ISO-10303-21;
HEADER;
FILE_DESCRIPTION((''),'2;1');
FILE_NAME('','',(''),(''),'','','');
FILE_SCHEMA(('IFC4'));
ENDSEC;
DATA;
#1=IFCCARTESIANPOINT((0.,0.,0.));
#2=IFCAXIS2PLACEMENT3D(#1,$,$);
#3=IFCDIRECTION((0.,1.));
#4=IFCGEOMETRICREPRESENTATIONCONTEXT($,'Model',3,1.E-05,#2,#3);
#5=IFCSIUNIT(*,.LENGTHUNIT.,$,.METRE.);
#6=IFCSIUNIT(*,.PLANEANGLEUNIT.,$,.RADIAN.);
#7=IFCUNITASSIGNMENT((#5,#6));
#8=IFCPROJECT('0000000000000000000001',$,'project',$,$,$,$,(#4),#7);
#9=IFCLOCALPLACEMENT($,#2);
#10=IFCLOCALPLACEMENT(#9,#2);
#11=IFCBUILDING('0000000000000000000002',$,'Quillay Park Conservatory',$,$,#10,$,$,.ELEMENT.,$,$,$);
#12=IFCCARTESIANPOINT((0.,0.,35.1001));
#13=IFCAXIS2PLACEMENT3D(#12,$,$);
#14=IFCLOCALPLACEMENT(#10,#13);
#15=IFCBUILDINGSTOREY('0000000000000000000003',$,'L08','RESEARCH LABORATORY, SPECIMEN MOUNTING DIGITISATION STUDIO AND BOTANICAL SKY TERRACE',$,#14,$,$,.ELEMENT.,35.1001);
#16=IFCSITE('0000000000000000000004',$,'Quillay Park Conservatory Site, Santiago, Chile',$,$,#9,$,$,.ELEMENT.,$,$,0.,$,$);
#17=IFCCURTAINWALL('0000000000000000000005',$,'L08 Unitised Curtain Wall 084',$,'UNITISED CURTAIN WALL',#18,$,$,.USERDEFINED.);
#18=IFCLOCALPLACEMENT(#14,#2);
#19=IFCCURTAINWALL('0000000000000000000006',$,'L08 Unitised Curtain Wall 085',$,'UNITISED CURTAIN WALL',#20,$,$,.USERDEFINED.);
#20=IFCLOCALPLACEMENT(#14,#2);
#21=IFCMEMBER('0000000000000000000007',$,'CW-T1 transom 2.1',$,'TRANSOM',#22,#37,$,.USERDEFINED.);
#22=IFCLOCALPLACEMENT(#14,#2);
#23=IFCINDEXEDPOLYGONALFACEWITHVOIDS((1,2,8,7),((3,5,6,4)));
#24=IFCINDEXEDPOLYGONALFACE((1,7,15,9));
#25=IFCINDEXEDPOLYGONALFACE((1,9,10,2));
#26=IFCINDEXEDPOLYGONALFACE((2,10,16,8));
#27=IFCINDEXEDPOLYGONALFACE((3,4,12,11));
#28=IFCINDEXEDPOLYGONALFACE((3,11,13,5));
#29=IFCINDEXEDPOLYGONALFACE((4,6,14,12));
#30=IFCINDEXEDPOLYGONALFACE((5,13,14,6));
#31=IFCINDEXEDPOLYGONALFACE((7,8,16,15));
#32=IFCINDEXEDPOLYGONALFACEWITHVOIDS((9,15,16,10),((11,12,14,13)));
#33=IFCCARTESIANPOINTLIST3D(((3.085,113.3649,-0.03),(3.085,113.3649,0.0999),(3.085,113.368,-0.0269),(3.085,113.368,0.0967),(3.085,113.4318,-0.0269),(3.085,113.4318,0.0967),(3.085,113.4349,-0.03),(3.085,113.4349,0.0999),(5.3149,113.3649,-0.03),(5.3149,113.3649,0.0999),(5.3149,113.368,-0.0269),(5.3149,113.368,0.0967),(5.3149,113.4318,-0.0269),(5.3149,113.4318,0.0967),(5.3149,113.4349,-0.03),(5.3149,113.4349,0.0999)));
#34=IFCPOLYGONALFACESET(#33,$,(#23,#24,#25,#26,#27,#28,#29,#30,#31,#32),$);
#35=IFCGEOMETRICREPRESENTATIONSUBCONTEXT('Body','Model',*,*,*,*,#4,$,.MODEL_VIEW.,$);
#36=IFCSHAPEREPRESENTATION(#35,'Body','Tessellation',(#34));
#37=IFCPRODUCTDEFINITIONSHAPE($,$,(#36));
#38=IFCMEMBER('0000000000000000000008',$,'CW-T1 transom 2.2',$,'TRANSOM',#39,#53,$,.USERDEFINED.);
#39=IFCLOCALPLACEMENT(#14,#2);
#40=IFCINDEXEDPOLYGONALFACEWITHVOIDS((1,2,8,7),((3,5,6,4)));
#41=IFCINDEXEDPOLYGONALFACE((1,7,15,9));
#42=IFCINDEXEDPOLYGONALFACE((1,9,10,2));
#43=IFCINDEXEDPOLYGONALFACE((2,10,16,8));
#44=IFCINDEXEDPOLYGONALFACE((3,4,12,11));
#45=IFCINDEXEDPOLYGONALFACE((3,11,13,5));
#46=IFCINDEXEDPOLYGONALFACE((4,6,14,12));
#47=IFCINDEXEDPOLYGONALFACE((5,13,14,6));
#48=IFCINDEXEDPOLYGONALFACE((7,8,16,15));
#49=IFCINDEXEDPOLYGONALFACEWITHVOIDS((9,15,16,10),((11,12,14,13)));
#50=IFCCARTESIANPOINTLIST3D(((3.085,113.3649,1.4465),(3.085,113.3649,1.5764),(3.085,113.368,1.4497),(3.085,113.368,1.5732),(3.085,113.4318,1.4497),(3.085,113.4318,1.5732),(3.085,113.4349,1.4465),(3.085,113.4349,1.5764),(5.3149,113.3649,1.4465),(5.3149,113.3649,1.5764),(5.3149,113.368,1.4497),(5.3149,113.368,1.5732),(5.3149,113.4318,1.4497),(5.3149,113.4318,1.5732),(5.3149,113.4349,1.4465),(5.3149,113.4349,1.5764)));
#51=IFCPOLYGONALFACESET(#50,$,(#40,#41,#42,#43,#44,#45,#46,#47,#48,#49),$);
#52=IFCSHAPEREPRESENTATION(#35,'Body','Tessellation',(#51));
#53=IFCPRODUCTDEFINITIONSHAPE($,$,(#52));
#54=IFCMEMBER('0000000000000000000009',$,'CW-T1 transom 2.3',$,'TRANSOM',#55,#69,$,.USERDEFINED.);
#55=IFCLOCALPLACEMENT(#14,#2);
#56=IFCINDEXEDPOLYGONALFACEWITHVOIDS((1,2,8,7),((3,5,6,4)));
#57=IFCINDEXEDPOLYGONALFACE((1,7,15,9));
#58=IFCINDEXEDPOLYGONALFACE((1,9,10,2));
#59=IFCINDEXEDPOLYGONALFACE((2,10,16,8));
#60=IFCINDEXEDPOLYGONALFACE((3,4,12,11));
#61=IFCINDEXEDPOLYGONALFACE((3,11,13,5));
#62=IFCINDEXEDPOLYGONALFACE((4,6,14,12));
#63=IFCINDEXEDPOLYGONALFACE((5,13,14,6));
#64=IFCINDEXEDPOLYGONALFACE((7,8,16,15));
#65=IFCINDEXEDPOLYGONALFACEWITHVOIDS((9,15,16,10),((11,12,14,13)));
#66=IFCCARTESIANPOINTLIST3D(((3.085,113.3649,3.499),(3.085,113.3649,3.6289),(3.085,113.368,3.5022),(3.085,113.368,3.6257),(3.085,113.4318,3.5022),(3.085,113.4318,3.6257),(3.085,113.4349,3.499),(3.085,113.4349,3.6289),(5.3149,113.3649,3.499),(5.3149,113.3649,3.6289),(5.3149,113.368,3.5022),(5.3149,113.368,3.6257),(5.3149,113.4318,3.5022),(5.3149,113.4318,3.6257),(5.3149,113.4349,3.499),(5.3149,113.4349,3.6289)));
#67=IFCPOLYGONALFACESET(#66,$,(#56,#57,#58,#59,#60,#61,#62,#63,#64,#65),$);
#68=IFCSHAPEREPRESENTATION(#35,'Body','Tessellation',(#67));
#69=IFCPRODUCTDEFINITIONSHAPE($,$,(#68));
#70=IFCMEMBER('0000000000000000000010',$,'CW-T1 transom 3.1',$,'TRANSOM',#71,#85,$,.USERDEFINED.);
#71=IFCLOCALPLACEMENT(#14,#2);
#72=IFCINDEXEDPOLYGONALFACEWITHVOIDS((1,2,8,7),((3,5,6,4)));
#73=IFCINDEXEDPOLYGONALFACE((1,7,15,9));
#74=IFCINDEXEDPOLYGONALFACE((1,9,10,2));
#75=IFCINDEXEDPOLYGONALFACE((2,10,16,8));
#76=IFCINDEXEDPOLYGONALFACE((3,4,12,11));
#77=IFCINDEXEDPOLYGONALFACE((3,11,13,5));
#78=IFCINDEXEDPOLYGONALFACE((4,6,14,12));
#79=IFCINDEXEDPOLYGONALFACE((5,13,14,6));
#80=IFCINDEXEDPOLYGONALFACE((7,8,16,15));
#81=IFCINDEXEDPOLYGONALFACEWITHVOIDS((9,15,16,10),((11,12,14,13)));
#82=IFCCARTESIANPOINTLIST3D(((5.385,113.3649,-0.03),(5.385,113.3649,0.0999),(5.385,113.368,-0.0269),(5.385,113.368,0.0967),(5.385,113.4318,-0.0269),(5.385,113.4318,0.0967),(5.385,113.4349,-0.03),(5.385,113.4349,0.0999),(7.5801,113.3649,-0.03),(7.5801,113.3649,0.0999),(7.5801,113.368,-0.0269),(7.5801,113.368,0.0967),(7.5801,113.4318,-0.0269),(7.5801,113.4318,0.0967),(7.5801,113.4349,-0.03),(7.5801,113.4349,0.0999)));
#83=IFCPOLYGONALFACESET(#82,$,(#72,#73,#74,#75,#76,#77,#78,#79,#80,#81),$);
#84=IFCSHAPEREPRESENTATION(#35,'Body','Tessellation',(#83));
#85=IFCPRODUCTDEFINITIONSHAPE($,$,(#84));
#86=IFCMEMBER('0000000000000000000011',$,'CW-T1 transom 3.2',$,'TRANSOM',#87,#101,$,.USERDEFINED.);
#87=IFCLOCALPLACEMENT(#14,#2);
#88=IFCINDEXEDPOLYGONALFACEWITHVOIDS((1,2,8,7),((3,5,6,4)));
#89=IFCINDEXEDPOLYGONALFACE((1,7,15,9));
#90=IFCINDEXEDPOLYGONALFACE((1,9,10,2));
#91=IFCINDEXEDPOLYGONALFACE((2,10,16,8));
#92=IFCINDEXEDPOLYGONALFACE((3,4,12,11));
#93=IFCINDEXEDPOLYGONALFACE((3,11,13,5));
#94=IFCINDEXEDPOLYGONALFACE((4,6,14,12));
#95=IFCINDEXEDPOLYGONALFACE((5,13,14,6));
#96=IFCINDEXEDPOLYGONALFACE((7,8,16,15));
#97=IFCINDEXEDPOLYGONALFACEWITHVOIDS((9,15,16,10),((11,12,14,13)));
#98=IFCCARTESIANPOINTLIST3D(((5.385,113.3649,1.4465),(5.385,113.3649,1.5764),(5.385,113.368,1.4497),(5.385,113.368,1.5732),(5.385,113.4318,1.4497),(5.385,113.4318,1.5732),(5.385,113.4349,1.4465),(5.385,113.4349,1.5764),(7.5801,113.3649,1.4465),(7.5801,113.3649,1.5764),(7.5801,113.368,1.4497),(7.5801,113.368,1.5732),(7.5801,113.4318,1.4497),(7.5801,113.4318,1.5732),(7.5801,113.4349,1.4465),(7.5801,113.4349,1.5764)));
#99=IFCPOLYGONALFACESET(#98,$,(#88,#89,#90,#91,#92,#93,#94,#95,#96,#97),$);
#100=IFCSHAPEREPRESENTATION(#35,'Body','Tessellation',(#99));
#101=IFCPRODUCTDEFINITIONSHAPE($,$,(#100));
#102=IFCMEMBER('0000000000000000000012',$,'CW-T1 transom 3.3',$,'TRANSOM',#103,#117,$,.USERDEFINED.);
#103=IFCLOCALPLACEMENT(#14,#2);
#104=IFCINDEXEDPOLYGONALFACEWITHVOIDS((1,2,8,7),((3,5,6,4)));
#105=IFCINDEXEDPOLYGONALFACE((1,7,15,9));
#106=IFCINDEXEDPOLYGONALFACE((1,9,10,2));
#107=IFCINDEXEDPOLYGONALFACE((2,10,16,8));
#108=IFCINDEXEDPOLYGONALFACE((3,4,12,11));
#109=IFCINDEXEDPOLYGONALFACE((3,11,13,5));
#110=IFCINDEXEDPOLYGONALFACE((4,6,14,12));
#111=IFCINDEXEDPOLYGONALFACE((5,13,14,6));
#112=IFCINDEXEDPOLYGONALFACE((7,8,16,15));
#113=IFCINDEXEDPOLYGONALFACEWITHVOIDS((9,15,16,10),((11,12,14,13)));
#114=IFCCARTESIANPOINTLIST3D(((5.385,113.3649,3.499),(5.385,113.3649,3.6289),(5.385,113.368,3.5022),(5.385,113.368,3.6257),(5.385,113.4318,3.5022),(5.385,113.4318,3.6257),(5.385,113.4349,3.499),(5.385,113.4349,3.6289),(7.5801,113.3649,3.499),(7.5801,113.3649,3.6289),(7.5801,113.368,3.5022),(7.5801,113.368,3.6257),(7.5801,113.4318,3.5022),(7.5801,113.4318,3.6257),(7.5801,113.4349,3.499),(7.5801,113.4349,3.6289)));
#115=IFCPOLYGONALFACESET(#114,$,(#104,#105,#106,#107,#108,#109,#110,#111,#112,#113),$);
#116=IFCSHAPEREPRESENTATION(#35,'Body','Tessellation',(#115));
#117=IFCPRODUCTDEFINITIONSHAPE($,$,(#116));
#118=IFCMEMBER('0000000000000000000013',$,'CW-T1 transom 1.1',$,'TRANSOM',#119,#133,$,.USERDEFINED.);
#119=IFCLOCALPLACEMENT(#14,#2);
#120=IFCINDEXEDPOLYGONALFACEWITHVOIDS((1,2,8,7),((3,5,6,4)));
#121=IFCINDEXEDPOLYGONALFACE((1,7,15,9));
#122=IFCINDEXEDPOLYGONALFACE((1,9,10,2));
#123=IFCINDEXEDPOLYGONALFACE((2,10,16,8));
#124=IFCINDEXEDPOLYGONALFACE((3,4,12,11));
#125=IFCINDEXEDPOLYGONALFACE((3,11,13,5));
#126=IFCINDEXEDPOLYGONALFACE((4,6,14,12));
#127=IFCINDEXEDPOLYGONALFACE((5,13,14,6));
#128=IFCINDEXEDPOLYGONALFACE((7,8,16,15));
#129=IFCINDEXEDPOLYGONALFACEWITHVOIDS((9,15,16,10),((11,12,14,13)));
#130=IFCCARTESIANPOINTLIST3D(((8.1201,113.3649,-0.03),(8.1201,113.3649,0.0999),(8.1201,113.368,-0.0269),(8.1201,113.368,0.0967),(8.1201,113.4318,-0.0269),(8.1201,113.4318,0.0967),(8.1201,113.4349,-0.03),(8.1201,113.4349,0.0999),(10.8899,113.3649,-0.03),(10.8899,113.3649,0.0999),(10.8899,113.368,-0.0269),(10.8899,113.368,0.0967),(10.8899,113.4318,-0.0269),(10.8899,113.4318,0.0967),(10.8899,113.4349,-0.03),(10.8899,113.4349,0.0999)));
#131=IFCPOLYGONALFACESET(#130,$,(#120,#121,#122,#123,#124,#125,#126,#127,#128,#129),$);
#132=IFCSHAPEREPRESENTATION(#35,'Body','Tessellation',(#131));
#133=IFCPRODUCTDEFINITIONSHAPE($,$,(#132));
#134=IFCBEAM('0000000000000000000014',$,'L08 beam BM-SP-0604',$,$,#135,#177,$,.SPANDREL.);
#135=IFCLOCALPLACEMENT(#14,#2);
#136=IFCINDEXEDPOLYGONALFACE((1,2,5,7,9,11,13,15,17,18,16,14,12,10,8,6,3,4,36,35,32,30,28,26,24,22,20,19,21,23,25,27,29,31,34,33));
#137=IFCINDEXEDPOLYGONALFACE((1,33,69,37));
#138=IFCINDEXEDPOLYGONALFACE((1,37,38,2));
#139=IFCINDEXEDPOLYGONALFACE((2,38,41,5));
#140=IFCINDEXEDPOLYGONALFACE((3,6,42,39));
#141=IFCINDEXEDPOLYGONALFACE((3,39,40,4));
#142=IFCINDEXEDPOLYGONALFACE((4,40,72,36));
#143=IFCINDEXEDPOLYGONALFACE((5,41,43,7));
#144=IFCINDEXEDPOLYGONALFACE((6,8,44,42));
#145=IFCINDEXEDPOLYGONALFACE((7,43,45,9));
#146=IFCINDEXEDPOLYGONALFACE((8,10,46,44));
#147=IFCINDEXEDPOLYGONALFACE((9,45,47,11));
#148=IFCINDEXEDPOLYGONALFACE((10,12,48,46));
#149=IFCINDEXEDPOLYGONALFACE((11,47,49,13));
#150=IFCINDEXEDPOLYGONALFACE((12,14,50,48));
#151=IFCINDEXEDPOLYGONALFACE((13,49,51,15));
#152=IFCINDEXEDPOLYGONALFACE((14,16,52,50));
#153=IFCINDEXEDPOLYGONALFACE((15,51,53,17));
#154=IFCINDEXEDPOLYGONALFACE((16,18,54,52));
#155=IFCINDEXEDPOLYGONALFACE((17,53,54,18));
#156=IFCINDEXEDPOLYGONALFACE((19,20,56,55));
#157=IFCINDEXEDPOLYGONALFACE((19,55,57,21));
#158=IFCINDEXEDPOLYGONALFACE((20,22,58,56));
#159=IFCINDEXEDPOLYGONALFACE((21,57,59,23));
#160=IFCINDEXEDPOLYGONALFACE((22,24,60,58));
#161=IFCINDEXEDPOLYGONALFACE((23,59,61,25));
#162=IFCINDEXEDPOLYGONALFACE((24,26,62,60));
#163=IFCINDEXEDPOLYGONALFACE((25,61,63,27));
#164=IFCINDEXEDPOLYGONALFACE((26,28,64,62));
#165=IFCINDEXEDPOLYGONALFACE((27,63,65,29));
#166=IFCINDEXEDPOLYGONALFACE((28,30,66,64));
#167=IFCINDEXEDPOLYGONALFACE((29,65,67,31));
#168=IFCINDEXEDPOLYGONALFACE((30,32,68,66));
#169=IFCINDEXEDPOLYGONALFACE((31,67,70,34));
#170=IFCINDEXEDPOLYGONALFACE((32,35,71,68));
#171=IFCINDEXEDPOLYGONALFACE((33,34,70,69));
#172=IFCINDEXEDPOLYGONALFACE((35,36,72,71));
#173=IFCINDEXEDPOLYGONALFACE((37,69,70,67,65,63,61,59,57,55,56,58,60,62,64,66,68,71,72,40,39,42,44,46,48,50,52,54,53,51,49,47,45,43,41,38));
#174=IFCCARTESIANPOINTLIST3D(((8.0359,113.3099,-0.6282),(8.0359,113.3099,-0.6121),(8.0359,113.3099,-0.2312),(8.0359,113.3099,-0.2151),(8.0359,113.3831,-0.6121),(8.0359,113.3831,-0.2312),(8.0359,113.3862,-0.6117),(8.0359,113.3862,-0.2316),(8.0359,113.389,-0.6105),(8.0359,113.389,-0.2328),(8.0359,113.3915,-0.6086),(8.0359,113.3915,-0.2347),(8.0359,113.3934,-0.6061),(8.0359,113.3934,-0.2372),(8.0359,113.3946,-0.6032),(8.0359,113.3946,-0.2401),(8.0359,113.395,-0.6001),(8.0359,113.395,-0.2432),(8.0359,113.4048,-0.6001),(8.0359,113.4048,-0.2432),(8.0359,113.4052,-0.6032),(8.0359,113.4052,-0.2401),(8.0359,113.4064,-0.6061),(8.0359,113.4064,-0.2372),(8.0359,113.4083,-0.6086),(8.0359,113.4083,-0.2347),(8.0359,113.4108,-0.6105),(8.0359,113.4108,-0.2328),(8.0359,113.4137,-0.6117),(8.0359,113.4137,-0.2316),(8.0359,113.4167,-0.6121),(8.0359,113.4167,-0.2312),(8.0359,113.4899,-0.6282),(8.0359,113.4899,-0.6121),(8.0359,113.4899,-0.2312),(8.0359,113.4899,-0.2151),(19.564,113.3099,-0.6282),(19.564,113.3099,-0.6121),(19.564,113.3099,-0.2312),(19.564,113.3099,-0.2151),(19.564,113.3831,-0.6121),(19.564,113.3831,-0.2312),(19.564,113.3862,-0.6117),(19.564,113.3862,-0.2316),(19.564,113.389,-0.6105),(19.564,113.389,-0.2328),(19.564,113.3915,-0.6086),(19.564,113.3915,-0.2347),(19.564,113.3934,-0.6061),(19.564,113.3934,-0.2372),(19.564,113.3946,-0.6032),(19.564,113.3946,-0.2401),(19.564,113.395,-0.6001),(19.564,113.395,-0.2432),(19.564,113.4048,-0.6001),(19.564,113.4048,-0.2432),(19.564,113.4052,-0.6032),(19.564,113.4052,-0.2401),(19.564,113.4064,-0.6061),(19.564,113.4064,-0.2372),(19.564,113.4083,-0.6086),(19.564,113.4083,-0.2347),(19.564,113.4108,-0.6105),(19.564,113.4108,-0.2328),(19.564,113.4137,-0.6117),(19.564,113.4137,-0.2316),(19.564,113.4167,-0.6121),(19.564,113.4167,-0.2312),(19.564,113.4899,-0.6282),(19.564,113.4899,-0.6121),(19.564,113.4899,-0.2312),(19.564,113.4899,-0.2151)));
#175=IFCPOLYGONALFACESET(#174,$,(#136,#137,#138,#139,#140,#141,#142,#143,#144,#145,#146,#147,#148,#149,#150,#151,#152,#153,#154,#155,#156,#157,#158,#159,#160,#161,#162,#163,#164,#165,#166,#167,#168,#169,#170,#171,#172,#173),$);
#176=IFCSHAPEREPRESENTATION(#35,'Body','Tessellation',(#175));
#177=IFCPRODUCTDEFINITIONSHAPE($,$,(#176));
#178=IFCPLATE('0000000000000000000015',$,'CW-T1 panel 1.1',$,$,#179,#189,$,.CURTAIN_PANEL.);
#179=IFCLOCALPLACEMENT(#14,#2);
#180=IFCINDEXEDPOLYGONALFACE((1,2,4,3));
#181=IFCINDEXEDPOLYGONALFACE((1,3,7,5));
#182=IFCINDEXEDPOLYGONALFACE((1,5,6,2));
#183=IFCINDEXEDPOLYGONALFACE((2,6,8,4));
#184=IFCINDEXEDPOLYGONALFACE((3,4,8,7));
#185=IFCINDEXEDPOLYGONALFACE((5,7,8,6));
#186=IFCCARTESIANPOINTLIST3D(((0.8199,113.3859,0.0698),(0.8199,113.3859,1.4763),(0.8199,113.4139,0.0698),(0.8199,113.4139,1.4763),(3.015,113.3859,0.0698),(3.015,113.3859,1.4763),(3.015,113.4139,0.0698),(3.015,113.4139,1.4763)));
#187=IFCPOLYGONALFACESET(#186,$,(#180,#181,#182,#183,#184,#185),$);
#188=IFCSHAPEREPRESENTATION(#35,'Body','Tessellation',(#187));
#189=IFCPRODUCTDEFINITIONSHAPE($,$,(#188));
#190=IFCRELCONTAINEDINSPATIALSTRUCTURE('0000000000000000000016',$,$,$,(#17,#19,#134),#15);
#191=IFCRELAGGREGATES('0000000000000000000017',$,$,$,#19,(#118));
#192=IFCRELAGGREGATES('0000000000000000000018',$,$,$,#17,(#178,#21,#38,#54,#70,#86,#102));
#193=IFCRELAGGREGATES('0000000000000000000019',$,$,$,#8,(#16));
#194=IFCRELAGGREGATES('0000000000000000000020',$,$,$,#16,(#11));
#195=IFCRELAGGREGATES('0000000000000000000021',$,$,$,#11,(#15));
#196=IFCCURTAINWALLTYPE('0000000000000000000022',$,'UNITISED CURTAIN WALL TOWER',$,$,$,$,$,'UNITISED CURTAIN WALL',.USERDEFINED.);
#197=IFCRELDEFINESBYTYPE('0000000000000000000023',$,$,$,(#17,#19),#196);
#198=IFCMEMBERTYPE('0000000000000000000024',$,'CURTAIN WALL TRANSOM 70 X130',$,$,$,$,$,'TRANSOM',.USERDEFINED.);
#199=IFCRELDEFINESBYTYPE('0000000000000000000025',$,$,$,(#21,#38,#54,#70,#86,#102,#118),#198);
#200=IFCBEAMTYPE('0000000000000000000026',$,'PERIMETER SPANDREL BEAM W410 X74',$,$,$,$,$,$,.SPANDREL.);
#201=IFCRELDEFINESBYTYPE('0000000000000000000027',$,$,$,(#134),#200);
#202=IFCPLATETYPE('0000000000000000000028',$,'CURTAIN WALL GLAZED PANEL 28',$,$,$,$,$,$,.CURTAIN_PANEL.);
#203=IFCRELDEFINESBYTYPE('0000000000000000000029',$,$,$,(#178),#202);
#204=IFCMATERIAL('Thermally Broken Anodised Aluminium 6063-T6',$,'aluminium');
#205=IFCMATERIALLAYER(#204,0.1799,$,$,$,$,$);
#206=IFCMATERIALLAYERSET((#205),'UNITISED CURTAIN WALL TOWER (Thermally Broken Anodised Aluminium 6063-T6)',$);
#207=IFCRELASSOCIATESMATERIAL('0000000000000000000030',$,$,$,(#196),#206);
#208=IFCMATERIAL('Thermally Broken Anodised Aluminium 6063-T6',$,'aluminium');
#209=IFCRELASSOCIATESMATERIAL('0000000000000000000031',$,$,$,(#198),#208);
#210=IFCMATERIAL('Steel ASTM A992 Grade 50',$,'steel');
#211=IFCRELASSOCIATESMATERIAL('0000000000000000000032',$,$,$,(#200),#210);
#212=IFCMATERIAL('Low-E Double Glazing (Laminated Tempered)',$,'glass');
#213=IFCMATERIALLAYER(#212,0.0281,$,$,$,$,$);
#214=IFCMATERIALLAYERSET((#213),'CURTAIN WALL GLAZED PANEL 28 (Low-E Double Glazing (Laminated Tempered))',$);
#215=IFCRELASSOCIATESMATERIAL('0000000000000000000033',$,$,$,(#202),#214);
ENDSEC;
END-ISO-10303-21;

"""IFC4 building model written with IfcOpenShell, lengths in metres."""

from ifc_helpers import new_model, si_unit, direction, frame, origin, origin_2d, place, context, subcontext, project, spatial, rectangle, hollow_rectangle, i_section, extrude, material, layer, layer_set, material_profile, profile_set, type_object, element, aggregate, save


model = new_model("IFC4")

# Units and contexts
model_context = context("Model", 3, precision=1e-05, world=origin(), true_north=direction((0.0, 1.0)))
body_context = subcontext(model_context, "Body", "Model", "MODEL_VIEW")
ifc_project = project(units=[si_unit("LENGTHUNIT", "METRE"), si_unit("PLANEANGLEUNIT", "RADIAN")], contexts=[model_context])

# Site, building, storey
site_placement = place(None, origin())
site = spatial("IfcSite", under=ifc_project, at=site_placement, Name="Quillay Park Conservatory Site, Santiago, Chile", CompositionType="ELEMENT", RefElevation=0.0)
building_placement = place(site_placement, origin())
building = spatial("IfcBuilding", under=site, at=building_placement, Name="Quillay Park Conservatory", CompositionType="ELEMENT")
storey_placement = place(building_placement, frame((0.0, 0.0, 35.1001)))
storey = spatial("IfcBuildingStorey", under=building, at=storey_placement, Name="L08", Description="RESEARCH LABORATORY, SPECIMEN MOUNTING DIGITISATION STUDIO AND BOTANICAL SKY TERRACE", CompositionType="ELEMENT", Elevation=35.1001)

# Curtain wall
ifc_material_1 = material(Name="Thermally Broken Anodised Aluminium 6063-T6", Category="aluminium")
ifc_layer_1 = layer(ifc_material_1, 0.1799)
ifc_layer_set_1 = layer_set([ifc_layer_1], Name="UNITISED CURTAIN WALL TOWER (Thermally Broken Anodised Aluminium 6063-T6)")
curtain_wall_type = type_object("IfcCurtainWallType", Name="UNITISED CURTAIN WALL TOWER", ElementType="UNITISED CURTAIN WALL", PredefinedType="USERDEFINED", material=ifc_layer_set_1)
curtain_wall_1_placement = place(storey_placement, origin())
curtain_wall_1 = element("IfcCurtainWall", 1, at=curtain_wall_1_placement, inside=storey, type_object=curtain_wall_type, Name="L08 Unitised Curtain Wall 084", ObjectType="UNITISED CURTAIN WALL", PredefinedType="USERDEFINED")

# Curtain wall
curtain_wall_2_placement = place(storey_placement, origin())
curtain_wall_2 = element("IfcCurtainWall", 2, at=curtain_wall_2_placement, inside=storey, type_object=curtain_wall_type, Name="L08 Unitised Curtain Wall 085", ObjectType="UNITISED CURTAIN WALL", PredefinedType="USERDEFINED")

# Members
ifc_material_2 = material(Name="Thermally Broken Anodised Aluminium 6063-T6", Category="aluminium")
ifc_material_profile_1 = material_profile(ifc_material_2, hollow_rectangle(XDim=0.0701, YDim=0.1299, WallThickness=0.0032, at=origin_2d()), Name="AL70x130x3.2")
ifc_profile_set_1 = profile_set([ifc_material_profile_1], Name="Thermally Broken Anodised Aluminium 6063-T6")
member_type_1 = type_object("IfcMemberType", Name="CURTAIN WALL TRANSOM 70 X130", ElementType="TRANSOM", PredefinedType="USERDEFINED", material=ifc_profile_set_1)
member_1_placement = place(storey_placement, frame((3.085, 113.3999, 0.0349), z_axis=(1.0, 0.0, 0.0), x_axis=(0.0, 1.0, 0.0)))
member_1 = element("IfcMember", 3, at=member_1_placement, type_object=member_type_1, Name="CW-T1 transom 2.1", ObjectType="TRANSOM", PredefinedType="USERDEFINED", context=body_context, shape_type="SweptSolid", body=[
    extrude(hollow_rectangle(XDim=0.0701, YDim=0.1299, WallThickness=0.0032, at=origin_2d()), origin(), (0.0, 0.0, 1.0), 2.23),
])
member_2_placement = place(storey_placement, frame((3.085, 113.3999, 1.5115), z_axis=(1.0, 0.0, 0.0), x_axis=(0.0, 1.0, 0.0)))
member_2 = element("IfcMember", 4, at=member_2_placement, type_object=member_type_1, Name="CW-T1 transom 2.2", ObjectType="TRANSOM", PredefinedType="USERDEFINED", context=body_context, shape_type="SweptSolid", body=[
    extrude(hollow_rectangle(XDim=0.0701, YDim=0.1299, WallThickness=0.0032, at=origin_2d()), origin(), (0.0, 0.0, 1.0), 2.23),
])
member_3_placement = place(storey_placement, frame((3.085, 113.3999, 3.564), z_axis=(1.0, 0.0, 0.0), x_axis=(0.0, 1.0, 0.0)))
member_3 = element("IfcMember", 5, at=member_3_placement, type_object=member_type_1, Name="CW-T1 transom 2.3", ObjectType="TRANSOM", PredefinedType="USERDEFINED", context=body_context, shape_type="SweptSolid", body=[
    extrude(hollow_rectangle(XDim=0.0701, YDim=0.1299, WallThickness=0.0032, at=origin_2d()), origin(), (0.0, 0.0, 1.0), 2.23),
])
member_4_placement = place(storey_placement, frame((5.385, 113.3999, 0.0349), z_axis=(1.0, 0.0, 0.0), x_axis=(0.0, 1.0, 0.0)))
member_4 = element("IfcMember", 6, at=member_4_placement, type_object=member_type_1, Name="CW-T1 transom 3.1", ObjectType="TRANSOM", PredefinedType="USERDEFINED", context=body_context, shape_type="SweptSolid", body=[
    extrude(hollow_rectangle(XDim=0.0701, YDim=0.1299, WallThickness=0.0032, at=origin_2d()), origin(), (0.0, 0.0, 1.0), 2.1951),
])
member_5_placement = place(storey_placement, frame((5.385, 113.3999, 1.5115), z_axis=(1.0, 0.0, 0.0), x_axis=(0.0, 1.0, 0.0)))
member_5 = element("IfcMember", 7, at=member_5_placement, type_object=member_type_1, Name="CW-T1 transom 3.2", ObjectType="TRANSOM", PredefinedType="USERDEFINED", context=body_context, shape_type="SweptSolid", body=[
    extrude(hollow_rectangle(XDim=0.0701, YDim=0.1299, WallThickness=0.0032, at=origin_2d()), origin(), (0.0, 0.0, 1.0), 2.1951),
])
member_6_placement = place(storey_placement, frame((5.385, 113.3999, 3.564), z_axis=(1.0, 0.0, 0.0), x_axis=(0.0, 1.0, 0.0)))
member_6 = element("IfcMember", 8, at=member_6_placement, type_object=member_type_1, Name="CW-T1 transom 3.3", ObjectType="TRANSOM", PredefinedType="USERDEFINED", context=body_context, shape_type="SweptSolid", body=[
    extrude(hollow_rectangle(XDim=0.0701, YDim=0.1299, WallThickness=0.0032, at=origin_2d()), origin(), (0.0, 0.0, 1.0), 2.1951),
])
member_7_placement = place(storey_placement, frame((8.1201, 113.3999, 0.0349), z_axis=(1.0, 0.0, 0.0), x_axis=(0.0, 1.0, 0.0)))
member_7 = element("IfcMember", 9, at=member_7_placement, type_object=member_type_1, Name="CW-T1 transom 1.1", ObjectType="TRANSOM", PredefinedType="USERDEFINED", context=body_context, shape_type="SweptSolid", body=[
    extrude(hollow_rectangle(XDim=0.0701, YDim=0.1299, WallThickness=0.0032, at=origin_2d()), origin(), (0.0, 0.0, 1.0), 2.7698),
])
aggregate(curtain_wall_2, [member_7])

# Beam
ifc_material_3 = material(Name="Steel ASTM A992 Grade 50", Category="steel")
ifc_material_profile_2 = material_profile(ifc_material_3, i_section(OverallWidth=0.1799, OverallDepth=0.4131, WebThickness=0.0098, FlangeThickness=0.0161, FilletRadius=0.012, at=origin_2d()), Name="W410x74")
ifc_profile_set_2 = profile_set([ifc_material_profile_2], Name="Steel ASTM A992 Grade 50")
beam_type = type_object("IfcBeamType", Name="PERIMETER SPANDREL BEAM W410 X74", PredefinedType="SPANDREL", material=ifc_profile_set_2)
beam_placement = place(storey_placement, frame((8.0359, 113.3999, -0.4216), z_axis=(1.0, 0.0, 0.0), x_axis=(0.0, 1.0, 0.0)))
element("IfcBeam", 10, at=beam_placement, inside=storey, type_object=beam_type, Name="L08 beam BM-SP-0604", PredefinedType="SPANDREL", context=body_context, shape_type="SweptSolid", body=[
    extrude(i_section(OverallWidth=0.1799, OverallDepth=0.4131, WebThickness=0.0098, FlangeThickness=0.0161, FilletRadius=0.012, at=origin_2d()), origin(), (0.0, 0.0, 1.0), 11.5281),
])

# Plate
ifc_material_4 = material(Name="Low-E Double Glazing (Laminated Tempered)", Category="glass")
ifc_layer_2 = layer(ifc_material_4, 0.0281)
ifc_layer_set_2 = layer_set([ifc_layer_2], Name="CURTAIN WALL GLAZED PANEL 28 (Low-E Double Glazing (Laminated Tempered))")
plate_type = type_object("IfcPlateType", Name="CURTAIN WALL GLAZED PANEL 28", PredefinedType="CURTAIN_PANEL", material=ifc_layer_set_2)
plate_1_placement = place(storey_placement, frame((1.9175, 113.3999, 0.0698), z_axis=(0.0, 0.0, 1.0), x_axis=(1.0, 0.0, 0.0)))
plate_1 = element("IfcPlate", 11, at=plate_1_placement, type_object=plate_type, Name="CW-T1 panel 1.1", PredefinedType="CURTAIN_PANEL", context=body_context, shape_type="SweptSolid", body=[
    extrude(rectangle(XDim=2.1951, YDim=0.0281, at=origin_2d()), origin(), (0.0, 0.0, 1.0), 1.4065),
])
aggregate(curtain_wall_1, [plate_1, member_1, member_2, member_3, member_4, member_5, member_6])

save(model, "model.ifc")
